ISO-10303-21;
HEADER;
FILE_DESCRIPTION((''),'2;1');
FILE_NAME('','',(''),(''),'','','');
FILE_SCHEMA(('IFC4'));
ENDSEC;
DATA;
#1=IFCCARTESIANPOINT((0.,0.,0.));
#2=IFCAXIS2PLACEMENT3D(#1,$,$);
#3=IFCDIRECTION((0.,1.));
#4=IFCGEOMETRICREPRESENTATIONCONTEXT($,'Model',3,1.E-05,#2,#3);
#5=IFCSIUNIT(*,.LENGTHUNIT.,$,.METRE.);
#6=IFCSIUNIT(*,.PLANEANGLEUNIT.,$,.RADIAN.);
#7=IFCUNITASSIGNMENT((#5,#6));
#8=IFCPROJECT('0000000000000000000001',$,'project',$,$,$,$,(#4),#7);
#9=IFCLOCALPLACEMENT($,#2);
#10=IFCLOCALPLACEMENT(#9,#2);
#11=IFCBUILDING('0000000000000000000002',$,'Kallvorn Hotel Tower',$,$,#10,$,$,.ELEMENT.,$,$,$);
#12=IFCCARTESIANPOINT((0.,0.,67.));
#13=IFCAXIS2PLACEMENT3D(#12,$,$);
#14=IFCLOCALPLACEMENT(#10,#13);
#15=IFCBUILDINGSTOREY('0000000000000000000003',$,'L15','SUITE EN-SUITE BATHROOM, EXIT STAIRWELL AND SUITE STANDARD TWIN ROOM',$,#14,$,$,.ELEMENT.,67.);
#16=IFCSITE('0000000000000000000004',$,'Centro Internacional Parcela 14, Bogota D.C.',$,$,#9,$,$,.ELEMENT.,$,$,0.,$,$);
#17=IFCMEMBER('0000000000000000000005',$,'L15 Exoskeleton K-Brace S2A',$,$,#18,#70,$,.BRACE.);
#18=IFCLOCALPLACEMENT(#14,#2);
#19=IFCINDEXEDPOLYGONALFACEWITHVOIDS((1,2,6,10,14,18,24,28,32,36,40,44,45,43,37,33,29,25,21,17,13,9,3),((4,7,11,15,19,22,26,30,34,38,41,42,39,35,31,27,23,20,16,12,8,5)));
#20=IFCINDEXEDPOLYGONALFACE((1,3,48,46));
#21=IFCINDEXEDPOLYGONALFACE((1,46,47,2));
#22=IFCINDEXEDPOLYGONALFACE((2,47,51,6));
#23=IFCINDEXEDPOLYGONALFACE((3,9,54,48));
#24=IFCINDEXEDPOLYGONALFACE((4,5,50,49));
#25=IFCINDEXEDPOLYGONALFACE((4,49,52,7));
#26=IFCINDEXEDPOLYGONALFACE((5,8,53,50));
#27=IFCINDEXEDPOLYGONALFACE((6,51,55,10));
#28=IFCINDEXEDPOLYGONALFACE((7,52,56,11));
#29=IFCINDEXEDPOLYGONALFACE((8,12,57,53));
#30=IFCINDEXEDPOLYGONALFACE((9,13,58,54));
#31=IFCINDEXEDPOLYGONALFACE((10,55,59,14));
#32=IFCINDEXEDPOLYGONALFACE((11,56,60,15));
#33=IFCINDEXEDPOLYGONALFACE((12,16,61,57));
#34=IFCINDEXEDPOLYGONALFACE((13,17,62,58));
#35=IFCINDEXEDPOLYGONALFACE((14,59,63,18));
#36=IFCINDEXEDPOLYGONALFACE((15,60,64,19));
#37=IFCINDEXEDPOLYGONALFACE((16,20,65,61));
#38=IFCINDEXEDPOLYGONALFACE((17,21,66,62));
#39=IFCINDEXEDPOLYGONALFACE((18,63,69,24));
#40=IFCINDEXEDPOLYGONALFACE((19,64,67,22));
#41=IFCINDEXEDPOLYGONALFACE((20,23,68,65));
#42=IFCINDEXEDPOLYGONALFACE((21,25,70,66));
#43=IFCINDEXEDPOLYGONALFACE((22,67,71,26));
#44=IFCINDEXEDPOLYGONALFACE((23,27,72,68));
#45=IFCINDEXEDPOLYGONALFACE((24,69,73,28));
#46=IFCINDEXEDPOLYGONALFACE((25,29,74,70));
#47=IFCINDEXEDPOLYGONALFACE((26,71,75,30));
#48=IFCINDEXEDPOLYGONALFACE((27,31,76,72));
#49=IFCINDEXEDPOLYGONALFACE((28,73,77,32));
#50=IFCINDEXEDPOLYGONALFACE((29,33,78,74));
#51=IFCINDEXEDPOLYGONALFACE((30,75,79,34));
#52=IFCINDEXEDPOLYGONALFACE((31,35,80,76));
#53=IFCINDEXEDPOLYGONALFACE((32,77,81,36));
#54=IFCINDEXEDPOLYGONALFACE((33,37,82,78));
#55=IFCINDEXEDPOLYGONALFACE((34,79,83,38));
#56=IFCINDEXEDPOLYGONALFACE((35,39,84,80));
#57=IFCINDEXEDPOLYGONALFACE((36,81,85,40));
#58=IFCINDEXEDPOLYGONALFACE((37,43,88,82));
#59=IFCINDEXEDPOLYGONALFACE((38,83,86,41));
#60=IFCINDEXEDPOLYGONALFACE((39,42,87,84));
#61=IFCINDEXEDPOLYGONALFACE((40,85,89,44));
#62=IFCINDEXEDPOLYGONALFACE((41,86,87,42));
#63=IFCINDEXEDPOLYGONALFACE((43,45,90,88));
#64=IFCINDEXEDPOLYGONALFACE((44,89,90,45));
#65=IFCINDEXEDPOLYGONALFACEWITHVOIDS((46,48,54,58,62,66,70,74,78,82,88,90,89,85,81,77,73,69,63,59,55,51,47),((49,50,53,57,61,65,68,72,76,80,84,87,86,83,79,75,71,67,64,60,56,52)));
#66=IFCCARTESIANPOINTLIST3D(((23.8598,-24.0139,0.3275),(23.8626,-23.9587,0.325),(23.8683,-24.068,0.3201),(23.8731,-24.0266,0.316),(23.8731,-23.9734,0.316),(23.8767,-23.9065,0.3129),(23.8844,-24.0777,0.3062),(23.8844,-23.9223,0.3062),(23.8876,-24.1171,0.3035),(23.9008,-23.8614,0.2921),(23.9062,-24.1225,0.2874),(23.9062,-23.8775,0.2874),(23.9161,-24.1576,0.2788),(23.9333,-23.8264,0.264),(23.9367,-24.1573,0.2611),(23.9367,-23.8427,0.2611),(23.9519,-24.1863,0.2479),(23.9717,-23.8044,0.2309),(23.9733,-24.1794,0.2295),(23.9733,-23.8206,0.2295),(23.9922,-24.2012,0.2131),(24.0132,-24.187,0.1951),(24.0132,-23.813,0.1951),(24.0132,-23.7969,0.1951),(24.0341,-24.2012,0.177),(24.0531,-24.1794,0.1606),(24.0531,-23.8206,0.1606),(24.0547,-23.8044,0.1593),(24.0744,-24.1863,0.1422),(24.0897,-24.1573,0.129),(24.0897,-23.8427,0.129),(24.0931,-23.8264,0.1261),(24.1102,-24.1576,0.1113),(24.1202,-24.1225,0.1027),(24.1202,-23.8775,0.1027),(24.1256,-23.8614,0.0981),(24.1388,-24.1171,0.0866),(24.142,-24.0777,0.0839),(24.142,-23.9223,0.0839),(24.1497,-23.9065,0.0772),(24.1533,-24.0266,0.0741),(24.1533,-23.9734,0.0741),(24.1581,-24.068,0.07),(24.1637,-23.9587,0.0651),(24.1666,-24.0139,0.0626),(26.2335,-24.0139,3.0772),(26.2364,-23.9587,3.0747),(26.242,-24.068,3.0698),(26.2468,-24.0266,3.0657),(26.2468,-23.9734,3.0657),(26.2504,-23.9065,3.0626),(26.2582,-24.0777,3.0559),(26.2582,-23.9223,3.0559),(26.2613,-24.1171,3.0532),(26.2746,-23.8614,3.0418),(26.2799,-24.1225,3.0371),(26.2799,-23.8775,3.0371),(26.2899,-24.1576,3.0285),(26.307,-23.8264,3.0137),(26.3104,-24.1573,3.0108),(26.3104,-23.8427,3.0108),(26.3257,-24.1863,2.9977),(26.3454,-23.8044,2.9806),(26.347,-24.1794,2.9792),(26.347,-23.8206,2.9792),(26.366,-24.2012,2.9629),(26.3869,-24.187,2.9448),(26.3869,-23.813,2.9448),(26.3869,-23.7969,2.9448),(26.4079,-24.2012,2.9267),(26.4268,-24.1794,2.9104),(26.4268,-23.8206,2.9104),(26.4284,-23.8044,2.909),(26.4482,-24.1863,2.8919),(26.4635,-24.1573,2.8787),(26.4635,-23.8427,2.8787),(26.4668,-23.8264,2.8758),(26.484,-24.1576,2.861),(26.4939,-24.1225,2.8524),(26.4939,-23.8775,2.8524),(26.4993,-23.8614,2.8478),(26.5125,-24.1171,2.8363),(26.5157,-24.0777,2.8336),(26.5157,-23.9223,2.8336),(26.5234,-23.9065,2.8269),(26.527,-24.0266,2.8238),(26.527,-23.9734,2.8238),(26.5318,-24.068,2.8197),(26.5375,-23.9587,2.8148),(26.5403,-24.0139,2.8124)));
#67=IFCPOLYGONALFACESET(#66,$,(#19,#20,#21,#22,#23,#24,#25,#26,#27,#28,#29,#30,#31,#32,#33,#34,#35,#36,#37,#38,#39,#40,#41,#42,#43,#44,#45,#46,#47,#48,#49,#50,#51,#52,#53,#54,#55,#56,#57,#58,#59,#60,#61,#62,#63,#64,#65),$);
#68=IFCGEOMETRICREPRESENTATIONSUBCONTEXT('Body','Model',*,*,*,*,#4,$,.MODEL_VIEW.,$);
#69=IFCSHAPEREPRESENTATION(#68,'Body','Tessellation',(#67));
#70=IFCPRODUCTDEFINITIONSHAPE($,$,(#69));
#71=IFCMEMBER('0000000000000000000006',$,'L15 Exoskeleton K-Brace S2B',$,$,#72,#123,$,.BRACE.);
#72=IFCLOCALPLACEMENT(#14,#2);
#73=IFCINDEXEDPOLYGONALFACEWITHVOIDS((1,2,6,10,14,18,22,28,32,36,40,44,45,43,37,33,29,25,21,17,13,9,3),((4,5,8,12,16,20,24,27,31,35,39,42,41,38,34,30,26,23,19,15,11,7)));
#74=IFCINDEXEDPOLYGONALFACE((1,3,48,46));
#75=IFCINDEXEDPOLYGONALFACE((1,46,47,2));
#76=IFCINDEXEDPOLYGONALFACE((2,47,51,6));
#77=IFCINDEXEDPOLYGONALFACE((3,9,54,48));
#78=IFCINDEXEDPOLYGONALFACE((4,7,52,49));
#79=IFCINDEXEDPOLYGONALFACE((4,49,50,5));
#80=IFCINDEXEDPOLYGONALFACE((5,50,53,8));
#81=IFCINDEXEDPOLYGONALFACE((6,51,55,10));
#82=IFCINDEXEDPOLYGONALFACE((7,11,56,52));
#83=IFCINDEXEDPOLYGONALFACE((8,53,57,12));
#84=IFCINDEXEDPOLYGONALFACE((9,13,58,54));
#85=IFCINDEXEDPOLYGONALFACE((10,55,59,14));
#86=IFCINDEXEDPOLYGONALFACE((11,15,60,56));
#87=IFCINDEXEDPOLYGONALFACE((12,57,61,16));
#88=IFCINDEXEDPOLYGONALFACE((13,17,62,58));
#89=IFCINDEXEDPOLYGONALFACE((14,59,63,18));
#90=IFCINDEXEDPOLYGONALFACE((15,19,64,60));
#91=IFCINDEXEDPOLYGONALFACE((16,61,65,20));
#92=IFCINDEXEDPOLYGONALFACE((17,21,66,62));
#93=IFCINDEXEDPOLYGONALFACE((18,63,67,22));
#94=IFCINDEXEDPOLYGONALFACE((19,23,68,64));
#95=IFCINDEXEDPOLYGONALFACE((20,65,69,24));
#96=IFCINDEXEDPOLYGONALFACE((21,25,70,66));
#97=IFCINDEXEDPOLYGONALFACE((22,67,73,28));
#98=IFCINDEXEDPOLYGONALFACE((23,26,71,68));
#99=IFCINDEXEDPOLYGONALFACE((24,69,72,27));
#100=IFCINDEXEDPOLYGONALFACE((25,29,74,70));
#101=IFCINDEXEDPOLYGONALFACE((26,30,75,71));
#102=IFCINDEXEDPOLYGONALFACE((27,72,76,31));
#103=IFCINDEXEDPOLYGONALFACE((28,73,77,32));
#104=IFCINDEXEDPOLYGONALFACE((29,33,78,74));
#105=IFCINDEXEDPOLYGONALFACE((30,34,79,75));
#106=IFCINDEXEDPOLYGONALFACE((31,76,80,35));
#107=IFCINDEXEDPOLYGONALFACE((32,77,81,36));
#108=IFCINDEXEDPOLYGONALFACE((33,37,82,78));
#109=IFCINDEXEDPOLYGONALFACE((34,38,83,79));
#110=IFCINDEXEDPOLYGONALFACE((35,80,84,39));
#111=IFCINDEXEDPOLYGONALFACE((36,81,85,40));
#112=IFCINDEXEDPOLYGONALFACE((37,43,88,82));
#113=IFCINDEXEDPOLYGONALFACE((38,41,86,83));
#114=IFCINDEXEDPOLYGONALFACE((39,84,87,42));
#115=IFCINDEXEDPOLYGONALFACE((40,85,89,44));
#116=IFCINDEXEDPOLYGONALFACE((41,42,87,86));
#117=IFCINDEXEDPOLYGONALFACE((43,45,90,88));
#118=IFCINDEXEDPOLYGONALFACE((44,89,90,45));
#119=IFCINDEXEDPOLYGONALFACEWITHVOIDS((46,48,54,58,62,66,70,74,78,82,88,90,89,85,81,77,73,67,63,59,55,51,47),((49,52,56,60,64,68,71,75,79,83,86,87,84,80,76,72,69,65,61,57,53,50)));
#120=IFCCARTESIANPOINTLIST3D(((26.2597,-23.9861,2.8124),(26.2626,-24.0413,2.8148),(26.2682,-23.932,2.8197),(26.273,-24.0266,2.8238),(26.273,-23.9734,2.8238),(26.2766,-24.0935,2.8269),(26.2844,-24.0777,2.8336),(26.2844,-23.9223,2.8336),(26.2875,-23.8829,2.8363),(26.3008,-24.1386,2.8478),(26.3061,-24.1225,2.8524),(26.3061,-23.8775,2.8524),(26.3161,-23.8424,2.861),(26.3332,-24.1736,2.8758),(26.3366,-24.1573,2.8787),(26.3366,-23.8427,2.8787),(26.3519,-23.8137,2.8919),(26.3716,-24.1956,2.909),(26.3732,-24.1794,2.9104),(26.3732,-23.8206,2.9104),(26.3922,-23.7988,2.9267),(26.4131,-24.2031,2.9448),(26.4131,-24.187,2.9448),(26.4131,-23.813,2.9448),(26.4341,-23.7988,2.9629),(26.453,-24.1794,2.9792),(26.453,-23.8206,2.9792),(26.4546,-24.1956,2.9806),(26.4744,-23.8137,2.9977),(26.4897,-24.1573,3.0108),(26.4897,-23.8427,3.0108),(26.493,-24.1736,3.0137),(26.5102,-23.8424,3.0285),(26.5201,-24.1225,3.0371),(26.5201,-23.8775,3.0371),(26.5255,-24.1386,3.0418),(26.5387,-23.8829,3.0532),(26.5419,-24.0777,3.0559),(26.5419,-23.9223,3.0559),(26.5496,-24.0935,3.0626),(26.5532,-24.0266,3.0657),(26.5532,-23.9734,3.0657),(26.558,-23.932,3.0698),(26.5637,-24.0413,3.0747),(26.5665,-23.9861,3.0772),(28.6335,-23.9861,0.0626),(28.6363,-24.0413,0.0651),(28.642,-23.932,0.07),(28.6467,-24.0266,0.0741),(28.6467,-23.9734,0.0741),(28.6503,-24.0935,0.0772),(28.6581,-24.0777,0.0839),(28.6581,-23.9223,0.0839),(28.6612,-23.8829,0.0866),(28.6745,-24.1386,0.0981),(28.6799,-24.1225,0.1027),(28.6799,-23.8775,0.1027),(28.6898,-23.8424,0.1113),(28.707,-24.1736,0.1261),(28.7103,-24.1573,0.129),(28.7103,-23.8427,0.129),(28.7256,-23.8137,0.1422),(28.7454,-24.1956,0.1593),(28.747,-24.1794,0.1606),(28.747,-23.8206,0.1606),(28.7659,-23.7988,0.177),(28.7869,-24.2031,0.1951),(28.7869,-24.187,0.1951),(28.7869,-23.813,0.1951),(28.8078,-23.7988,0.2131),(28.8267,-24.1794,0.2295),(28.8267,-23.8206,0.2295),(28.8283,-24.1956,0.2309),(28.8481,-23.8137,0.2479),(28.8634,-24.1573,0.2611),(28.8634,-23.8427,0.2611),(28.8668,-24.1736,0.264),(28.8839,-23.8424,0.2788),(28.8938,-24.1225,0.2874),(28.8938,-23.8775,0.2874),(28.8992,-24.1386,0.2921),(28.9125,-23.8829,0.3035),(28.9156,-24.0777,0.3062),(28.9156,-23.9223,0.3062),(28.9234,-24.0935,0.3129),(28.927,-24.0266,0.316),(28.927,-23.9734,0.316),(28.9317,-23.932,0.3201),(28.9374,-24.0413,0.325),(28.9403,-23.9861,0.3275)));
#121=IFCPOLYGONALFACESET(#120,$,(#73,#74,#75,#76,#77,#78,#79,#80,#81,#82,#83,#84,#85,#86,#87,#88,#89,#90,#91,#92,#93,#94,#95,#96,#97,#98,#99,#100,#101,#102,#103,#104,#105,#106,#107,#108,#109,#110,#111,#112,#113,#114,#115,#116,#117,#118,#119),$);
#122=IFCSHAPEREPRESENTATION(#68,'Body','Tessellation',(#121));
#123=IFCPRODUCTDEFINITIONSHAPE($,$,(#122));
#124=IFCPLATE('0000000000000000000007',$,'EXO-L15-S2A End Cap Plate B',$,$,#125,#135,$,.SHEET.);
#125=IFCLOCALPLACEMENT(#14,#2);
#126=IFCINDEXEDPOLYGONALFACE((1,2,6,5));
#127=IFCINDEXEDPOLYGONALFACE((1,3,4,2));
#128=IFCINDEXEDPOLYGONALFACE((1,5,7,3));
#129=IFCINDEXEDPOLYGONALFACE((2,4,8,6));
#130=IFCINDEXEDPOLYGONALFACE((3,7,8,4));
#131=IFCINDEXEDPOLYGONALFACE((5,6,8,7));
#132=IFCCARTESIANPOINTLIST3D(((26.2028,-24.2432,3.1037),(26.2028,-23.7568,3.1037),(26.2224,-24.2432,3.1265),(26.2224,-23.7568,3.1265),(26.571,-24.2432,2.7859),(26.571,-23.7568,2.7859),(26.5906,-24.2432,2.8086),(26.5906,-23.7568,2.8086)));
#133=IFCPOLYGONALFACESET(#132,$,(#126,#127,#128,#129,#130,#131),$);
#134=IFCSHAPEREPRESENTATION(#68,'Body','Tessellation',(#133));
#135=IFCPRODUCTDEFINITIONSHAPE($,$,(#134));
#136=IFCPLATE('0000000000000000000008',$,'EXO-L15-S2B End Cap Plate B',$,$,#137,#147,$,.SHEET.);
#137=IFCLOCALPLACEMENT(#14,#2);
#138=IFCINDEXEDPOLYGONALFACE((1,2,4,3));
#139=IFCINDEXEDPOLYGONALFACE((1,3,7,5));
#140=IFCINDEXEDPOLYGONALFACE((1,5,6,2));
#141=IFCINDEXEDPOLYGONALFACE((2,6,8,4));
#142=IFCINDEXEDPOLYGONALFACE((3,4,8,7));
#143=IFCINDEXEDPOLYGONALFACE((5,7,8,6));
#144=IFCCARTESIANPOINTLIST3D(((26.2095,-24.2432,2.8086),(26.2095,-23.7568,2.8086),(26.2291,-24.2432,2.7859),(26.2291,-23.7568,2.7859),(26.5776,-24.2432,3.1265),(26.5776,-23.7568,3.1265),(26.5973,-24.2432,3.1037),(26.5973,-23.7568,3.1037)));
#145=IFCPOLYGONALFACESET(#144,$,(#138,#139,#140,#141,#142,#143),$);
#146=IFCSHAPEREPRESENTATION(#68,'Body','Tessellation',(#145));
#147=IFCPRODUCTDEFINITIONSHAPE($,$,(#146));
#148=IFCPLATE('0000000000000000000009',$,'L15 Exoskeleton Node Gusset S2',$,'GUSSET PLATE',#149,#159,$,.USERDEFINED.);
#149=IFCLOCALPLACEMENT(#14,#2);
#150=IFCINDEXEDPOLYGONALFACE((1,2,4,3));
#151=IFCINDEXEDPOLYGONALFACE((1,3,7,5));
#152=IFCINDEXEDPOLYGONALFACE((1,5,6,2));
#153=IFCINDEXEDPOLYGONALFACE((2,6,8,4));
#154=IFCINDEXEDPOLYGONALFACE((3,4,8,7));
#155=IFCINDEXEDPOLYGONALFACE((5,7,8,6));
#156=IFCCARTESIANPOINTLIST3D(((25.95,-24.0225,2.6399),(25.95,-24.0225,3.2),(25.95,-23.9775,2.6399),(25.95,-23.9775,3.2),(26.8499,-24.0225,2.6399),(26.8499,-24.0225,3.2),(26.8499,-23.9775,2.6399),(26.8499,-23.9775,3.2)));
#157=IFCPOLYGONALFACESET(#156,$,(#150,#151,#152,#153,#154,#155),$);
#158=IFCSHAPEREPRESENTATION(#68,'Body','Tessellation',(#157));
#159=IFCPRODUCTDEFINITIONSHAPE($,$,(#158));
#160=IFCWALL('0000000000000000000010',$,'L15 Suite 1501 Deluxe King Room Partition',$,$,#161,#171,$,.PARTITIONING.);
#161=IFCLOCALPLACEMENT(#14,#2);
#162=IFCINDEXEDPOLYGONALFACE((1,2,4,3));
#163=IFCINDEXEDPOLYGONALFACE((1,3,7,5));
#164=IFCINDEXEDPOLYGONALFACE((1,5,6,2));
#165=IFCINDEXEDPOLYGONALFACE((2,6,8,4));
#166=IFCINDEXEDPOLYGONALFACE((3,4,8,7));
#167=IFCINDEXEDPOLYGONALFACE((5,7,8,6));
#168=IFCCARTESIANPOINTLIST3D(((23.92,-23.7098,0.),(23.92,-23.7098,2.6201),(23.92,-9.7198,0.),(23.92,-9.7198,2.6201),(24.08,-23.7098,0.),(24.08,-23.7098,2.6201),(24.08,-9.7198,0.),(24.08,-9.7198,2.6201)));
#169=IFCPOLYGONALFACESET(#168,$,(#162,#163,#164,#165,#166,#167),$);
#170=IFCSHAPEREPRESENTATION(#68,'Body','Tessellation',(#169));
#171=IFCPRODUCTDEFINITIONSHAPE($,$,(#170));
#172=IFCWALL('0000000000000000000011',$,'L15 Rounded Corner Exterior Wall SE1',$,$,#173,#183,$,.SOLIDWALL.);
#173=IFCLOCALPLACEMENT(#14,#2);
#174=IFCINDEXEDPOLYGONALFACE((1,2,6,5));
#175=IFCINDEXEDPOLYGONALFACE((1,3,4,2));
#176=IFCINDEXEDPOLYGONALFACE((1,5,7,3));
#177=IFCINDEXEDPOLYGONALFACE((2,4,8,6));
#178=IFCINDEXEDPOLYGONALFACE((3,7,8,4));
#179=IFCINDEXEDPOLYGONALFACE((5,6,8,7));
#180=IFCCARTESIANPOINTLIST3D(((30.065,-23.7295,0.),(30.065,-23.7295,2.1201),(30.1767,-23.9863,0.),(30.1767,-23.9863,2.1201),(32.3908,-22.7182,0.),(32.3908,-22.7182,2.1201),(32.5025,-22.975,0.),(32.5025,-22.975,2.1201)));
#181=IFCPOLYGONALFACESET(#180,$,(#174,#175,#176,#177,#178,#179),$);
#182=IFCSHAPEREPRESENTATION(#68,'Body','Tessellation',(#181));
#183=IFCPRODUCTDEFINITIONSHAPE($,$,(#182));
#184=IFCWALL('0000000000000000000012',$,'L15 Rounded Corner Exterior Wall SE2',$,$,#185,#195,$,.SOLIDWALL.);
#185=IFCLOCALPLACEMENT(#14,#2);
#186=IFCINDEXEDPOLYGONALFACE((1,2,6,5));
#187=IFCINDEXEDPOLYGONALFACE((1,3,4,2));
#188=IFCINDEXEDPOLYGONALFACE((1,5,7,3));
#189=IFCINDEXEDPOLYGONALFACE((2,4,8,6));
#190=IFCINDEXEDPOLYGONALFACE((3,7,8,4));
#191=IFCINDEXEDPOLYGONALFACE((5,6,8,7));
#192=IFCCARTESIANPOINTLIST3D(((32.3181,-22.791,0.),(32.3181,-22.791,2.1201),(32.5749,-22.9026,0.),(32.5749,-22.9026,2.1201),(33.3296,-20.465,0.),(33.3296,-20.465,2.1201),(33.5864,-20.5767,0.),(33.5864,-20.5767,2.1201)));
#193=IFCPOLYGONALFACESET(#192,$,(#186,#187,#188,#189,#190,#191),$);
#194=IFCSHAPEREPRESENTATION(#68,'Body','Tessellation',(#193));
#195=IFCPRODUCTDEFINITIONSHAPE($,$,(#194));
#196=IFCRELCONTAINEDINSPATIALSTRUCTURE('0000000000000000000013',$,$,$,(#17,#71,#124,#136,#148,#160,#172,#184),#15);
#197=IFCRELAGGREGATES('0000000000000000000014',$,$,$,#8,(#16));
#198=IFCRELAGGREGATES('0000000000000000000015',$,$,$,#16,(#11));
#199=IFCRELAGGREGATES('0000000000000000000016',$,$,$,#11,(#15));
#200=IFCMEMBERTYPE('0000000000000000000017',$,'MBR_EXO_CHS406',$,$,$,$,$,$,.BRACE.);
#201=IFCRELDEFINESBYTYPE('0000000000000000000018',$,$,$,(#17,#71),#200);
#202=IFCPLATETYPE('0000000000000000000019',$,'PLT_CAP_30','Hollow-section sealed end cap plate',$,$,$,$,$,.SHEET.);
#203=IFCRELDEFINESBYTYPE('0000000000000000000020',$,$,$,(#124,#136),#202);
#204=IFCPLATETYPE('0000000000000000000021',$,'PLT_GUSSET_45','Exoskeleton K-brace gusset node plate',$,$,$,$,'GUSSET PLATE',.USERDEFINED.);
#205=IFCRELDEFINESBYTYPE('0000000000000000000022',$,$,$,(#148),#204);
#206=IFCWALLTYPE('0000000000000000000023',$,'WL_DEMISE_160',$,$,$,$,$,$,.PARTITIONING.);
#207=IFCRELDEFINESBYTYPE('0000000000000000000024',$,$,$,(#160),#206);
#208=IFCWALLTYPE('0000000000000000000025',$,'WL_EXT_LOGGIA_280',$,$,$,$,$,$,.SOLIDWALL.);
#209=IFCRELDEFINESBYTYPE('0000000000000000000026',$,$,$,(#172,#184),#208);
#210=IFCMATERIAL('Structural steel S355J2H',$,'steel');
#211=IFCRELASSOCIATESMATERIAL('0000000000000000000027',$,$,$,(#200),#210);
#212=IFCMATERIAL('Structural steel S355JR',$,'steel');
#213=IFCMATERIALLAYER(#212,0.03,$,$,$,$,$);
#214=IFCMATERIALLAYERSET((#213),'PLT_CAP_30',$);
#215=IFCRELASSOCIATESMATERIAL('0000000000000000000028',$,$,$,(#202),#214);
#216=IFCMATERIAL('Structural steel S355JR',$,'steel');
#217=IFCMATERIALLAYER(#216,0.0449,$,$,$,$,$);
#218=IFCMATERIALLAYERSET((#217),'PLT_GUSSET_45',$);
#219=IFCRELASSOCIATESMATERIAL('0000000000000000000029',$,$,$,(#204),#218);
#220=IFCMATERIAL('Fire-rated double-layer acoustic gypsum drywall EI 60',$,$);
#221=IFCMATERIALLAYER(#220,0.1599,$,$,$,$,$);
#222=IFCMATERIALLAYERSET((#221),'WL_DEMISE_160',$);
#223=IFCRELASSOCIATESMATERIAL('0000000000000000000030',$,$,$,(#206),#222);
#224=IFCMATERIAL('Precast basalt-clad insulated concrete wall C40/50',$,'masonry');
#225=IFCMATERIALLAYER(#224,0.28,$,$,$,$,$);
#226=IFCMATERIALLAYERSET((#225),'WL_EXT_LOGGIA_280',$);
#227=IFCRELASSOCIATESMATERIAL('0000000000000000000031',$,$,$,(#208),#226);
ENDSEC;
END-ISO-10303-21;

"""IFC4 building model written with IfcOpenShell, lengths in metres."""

from ifc_helpers import new_model, si_unit, direction, frame, frame_2d, origin, origin_2d, place, context, subcontext, project, spatial, polyline, rectangle, hollow_circle, outline, extrude, material, layer, layer_set, material_profile, profile_set, type_object, element, save


model = new_model("IFC4")

# Units and contexts
model_context = context("Model", 3, precision=1e-05, world=origin(), true_north=direction((0.0, 1.0)))
body_context = subcontext(model_context, "Body", "Model", "MODEL_VIEW")
ifc_project = project(units=[si_unit("LENGTHUNIT", "METRE"), si_unit("PLANEANGLEUNIT", "RADIAN")], contexts=[model_context])

# Site, building, storey
site_placement = place(None, origin())
site = spatial("IfcSite", under=ifc_project, at=site_placement, Name="Centro Internacional Parcela 14, Bogota D.C.", CompositionType="ELEMENT", RefElevation=0.0)
building_placement = place(site_placement, origin())
building = spatial("IfcBuilding", under=site, at=building_placement, Name="Kallvorn Hotel Tower", CompositionType="ELEMENT")
storey_placement = place(building_placement, frame((0.0, 0.0, 67.0)))
storey = spatial("IfcBuildingStorey", under=building, at=storey_placement, Name="L15", Description="SUITE EN-SUITE BATHROOM, EXIT STAIRWELL AND SUITE STANDARD TWIN ROOM", CompositionType="ELEMENT", Elevation=67.0)

# Members
ifc_material_1 = material(Name="Structural steel S355J2H", Category="steel")
ifc_material_profile_1 = material_profile(ifc_material_1, hollow_circle(Radius=0.2031, WallThickness=0.0161, at=origin_2d()), Name="CHS 406.4x16")
ifc_profile_set_1 = profile_set([ifc_material_profile_1], Name="Structural steel S355J2H")
member_type = type_object("IfcMemberType", Name="MBR_EXO_CHS406", PredefinedType="BRACE", material=ifc_profile_set_1)
for number, where, z_axis, x_axis, name in (
    (1, (24.0132, -24.0, 0.1951), (0.653461, 0.0, 0.756961), (0.0, 1.0, 0.0), "L15 Exoskeleton K-Brace S2A"),
    (2, (28.7869, -24.0, 0.1951), (-0.653461, 0.0, 0.756961), (0.0, -1.0, 0.0), "L15 Exoskeleton K-Brace S2B"),
):
    element("IfcMember", number, at=place(storey_placement, frame(where, z_axis=z_axis, x_axis=x_axis)), inside=storey, type_object=member_type, Name=name, PredefinedType="BRACE", context=body_context, shape_type="SweptSolid", body=[
        extrude(hollow_circle(Radius=0.2031, WallThickness=0.0161, at=origin_2d()), origin(), (0.0, 0.0, 1.0), 3.6326),
    ])

# Plates
ifc_material_2 = material(Name="Structural steel S355JR", Category="steel")
ifc_layer_1 = layer(ifc_material_2, 0.03)
ifc_layer_set_1 = layer_set([ifc_layer_1], Name="PLT_CAP_30")
plate_type_1 = type_object("IfcPlateType", Name="PLT_CAP_30", Description="Hollow-section sealed end cap plate", PredefinedType="SHEET", material=ifc_layer_set_1)
for number, where, z_axis, x_axis, name in (
    (3, (26.5906, -24.2432, 2.8086), (0.653515, 0.0, 0.756913), (0.0, 1.0, 0.0), "EXO-L15-S2A End Cap Plate B"),
    (4, (26.2095, -23.7568, 2.8086), (-0.653515, 0.0, 0.756913), (0.0, -1.0, 0.0), "EXO-L15-S2B End Cap Plate B"),
):
    element("IfcPlate", number, at=place(storey_placement, frame(where, z_axis=z_axis, x_axis=x_axis)), inside=storey, type_object=plate_type_1, Name=name, PredefinedType="SHEET", context=body_context, shape_type="SweptSolid", body=[
        extrude(outline(polyline([(0.0, 0.0), (0.4863, 0.0), (0.4863, 0.4864), (0.0, 0.4864), (0.0, 0.0)])), origin(), (0.0, 0.0, -1.0), 0.03),
    ])
ifc_material_3 = material(Name="Structural steel S355JR", Category="steel")
ifc_layer_2 = layer(ifc_material_3, 0.0449)
ifc_layer_set_2 = layer_set([ifc_layer_2], Name="PLT_GUSSET_45")
plate_type_2 = type_object("IfcPlateType", Name="PLT_GUSSET_45", Description="Exoskeleton K-brace gusset node plate", ElementType="GUSSET PLATE", PredefinedType="USERDEFINED", material=ifc_layer_set_2)
plate_placement = place(storey_placement, frame((26.3999, -24.0, 2.6399), z_axis=(0.0, 0.0, 1.0), x_axis=(1.0, 0.0, 0.0)))
element("IfcPlate", 5, at=plate_placement, inside=storey, type_object=plate_type_2, Name="L15 Exoskeleton Node Gusset S2", ObjectType="GUSSET PLATE", PredefinedType="USERDEFINED", context=body_context, shape_type="SweptSolid", body=[
    extrude(rectangle(XDim=0.8999, YDim=0.0449, at=origin_2d()), origin(), (0.0, 0.0, 1.0), 0.5601),
])

# Walls
ifc_material_4 = material(Name="Fire-rated double-layer acoustic gypsum drywall EI 60")
ifc_layer_3 = layer(ifc_material_4, 0.1599)
ifc_layer_set_3 = layer_set([ifc_layer_3], Name="WL_DEMISE_160")
wall_type_1 = type_object("IfcWallType", Name="WL_DEMISE_160", PredefinedType="PARTITIONING", material=ifc_layer_set_3)
wall_1_placement = place(storey_placement, frame((24.0, -23.71, 0.0), z_axis=(0.0, 0.0, 1.0), x_axis=(0.0, 1.0, 0.0)))
element("IfcWall", 6, at=wall_1_placement, inside=storey, type_object=wall_type_1, Name="L15 Suite 1501 Deluxe King Room Partition", PredefinedType="PARTITIONING", context=body_context, shape_type="SweptSolid", body=[
    extrude(rectangle(XDim=13.99, YDim=0.1599, at=frame_2d((6.9951, 0.0))), origin(), (0.0, 0.0, 1.0), 2.6201),
])
ifc_material_5 = material(Name="Precast basalt-clad insulated concrete wall C40/50", Category="masonry")
ifc_layer_4 = layer(ifc_material_5, 0.28)
ifc_layer_set_4 = layer_set([ifc_layer_4], Name="WL_EXT_LOGGIA_280")
wall_type_2 = type_object("IfcWallType", Name="WL_EXT_LOGGIA_280", PredefinedType="SOLIDWALL", material=ifc_layer_set_4)
wall_2_placement = place(storey_placement, frame((30.1208, -23.8579, 0.0), z_axis=(0.0, 0.0, 1.0), x_axis=(0.917061, 0.398747, 0.0)))
element("IfcWall", 7, at=wall_2_placement, inside=storey, type_object=wall_type_2, Name="L15 Rounded Corner Exterior Wall SE1", PredefinedType="SOLIDWALL", context=body_context, shape_type="SweptSolid", body=[
    extrude(rectangle(XDim=2.5361, YDim=0.28, at=frame_2d((1.2681, 0.0))), origin(), (0.0, 0.0, 1.0), 2.1201),
])
wall_3_placement = place(storey_placement, frame((32.4465, -22.8467, 0.0), z_axis=(0.0, 0.0, 1.0), x_axis=(0.398793, 0.917041, 0.0)))
element("IfcWall", 8, at=wall_3_placement, inside=storey, type_object=wall_type_2, Name="L15 Rounded Corner Exterior Wall SE2", PredefinedType="SOLIDWALL", context=body_context, shape_type="SweptSolid", body=[
    extrude(rectangle(XDim=2.5364, YDim=0.28, at=frame_2d((1.2681, 0.0))), origin(), (0.0, 0.0, 1.0), 2.1201),
])

save(model, "model.ifc")
